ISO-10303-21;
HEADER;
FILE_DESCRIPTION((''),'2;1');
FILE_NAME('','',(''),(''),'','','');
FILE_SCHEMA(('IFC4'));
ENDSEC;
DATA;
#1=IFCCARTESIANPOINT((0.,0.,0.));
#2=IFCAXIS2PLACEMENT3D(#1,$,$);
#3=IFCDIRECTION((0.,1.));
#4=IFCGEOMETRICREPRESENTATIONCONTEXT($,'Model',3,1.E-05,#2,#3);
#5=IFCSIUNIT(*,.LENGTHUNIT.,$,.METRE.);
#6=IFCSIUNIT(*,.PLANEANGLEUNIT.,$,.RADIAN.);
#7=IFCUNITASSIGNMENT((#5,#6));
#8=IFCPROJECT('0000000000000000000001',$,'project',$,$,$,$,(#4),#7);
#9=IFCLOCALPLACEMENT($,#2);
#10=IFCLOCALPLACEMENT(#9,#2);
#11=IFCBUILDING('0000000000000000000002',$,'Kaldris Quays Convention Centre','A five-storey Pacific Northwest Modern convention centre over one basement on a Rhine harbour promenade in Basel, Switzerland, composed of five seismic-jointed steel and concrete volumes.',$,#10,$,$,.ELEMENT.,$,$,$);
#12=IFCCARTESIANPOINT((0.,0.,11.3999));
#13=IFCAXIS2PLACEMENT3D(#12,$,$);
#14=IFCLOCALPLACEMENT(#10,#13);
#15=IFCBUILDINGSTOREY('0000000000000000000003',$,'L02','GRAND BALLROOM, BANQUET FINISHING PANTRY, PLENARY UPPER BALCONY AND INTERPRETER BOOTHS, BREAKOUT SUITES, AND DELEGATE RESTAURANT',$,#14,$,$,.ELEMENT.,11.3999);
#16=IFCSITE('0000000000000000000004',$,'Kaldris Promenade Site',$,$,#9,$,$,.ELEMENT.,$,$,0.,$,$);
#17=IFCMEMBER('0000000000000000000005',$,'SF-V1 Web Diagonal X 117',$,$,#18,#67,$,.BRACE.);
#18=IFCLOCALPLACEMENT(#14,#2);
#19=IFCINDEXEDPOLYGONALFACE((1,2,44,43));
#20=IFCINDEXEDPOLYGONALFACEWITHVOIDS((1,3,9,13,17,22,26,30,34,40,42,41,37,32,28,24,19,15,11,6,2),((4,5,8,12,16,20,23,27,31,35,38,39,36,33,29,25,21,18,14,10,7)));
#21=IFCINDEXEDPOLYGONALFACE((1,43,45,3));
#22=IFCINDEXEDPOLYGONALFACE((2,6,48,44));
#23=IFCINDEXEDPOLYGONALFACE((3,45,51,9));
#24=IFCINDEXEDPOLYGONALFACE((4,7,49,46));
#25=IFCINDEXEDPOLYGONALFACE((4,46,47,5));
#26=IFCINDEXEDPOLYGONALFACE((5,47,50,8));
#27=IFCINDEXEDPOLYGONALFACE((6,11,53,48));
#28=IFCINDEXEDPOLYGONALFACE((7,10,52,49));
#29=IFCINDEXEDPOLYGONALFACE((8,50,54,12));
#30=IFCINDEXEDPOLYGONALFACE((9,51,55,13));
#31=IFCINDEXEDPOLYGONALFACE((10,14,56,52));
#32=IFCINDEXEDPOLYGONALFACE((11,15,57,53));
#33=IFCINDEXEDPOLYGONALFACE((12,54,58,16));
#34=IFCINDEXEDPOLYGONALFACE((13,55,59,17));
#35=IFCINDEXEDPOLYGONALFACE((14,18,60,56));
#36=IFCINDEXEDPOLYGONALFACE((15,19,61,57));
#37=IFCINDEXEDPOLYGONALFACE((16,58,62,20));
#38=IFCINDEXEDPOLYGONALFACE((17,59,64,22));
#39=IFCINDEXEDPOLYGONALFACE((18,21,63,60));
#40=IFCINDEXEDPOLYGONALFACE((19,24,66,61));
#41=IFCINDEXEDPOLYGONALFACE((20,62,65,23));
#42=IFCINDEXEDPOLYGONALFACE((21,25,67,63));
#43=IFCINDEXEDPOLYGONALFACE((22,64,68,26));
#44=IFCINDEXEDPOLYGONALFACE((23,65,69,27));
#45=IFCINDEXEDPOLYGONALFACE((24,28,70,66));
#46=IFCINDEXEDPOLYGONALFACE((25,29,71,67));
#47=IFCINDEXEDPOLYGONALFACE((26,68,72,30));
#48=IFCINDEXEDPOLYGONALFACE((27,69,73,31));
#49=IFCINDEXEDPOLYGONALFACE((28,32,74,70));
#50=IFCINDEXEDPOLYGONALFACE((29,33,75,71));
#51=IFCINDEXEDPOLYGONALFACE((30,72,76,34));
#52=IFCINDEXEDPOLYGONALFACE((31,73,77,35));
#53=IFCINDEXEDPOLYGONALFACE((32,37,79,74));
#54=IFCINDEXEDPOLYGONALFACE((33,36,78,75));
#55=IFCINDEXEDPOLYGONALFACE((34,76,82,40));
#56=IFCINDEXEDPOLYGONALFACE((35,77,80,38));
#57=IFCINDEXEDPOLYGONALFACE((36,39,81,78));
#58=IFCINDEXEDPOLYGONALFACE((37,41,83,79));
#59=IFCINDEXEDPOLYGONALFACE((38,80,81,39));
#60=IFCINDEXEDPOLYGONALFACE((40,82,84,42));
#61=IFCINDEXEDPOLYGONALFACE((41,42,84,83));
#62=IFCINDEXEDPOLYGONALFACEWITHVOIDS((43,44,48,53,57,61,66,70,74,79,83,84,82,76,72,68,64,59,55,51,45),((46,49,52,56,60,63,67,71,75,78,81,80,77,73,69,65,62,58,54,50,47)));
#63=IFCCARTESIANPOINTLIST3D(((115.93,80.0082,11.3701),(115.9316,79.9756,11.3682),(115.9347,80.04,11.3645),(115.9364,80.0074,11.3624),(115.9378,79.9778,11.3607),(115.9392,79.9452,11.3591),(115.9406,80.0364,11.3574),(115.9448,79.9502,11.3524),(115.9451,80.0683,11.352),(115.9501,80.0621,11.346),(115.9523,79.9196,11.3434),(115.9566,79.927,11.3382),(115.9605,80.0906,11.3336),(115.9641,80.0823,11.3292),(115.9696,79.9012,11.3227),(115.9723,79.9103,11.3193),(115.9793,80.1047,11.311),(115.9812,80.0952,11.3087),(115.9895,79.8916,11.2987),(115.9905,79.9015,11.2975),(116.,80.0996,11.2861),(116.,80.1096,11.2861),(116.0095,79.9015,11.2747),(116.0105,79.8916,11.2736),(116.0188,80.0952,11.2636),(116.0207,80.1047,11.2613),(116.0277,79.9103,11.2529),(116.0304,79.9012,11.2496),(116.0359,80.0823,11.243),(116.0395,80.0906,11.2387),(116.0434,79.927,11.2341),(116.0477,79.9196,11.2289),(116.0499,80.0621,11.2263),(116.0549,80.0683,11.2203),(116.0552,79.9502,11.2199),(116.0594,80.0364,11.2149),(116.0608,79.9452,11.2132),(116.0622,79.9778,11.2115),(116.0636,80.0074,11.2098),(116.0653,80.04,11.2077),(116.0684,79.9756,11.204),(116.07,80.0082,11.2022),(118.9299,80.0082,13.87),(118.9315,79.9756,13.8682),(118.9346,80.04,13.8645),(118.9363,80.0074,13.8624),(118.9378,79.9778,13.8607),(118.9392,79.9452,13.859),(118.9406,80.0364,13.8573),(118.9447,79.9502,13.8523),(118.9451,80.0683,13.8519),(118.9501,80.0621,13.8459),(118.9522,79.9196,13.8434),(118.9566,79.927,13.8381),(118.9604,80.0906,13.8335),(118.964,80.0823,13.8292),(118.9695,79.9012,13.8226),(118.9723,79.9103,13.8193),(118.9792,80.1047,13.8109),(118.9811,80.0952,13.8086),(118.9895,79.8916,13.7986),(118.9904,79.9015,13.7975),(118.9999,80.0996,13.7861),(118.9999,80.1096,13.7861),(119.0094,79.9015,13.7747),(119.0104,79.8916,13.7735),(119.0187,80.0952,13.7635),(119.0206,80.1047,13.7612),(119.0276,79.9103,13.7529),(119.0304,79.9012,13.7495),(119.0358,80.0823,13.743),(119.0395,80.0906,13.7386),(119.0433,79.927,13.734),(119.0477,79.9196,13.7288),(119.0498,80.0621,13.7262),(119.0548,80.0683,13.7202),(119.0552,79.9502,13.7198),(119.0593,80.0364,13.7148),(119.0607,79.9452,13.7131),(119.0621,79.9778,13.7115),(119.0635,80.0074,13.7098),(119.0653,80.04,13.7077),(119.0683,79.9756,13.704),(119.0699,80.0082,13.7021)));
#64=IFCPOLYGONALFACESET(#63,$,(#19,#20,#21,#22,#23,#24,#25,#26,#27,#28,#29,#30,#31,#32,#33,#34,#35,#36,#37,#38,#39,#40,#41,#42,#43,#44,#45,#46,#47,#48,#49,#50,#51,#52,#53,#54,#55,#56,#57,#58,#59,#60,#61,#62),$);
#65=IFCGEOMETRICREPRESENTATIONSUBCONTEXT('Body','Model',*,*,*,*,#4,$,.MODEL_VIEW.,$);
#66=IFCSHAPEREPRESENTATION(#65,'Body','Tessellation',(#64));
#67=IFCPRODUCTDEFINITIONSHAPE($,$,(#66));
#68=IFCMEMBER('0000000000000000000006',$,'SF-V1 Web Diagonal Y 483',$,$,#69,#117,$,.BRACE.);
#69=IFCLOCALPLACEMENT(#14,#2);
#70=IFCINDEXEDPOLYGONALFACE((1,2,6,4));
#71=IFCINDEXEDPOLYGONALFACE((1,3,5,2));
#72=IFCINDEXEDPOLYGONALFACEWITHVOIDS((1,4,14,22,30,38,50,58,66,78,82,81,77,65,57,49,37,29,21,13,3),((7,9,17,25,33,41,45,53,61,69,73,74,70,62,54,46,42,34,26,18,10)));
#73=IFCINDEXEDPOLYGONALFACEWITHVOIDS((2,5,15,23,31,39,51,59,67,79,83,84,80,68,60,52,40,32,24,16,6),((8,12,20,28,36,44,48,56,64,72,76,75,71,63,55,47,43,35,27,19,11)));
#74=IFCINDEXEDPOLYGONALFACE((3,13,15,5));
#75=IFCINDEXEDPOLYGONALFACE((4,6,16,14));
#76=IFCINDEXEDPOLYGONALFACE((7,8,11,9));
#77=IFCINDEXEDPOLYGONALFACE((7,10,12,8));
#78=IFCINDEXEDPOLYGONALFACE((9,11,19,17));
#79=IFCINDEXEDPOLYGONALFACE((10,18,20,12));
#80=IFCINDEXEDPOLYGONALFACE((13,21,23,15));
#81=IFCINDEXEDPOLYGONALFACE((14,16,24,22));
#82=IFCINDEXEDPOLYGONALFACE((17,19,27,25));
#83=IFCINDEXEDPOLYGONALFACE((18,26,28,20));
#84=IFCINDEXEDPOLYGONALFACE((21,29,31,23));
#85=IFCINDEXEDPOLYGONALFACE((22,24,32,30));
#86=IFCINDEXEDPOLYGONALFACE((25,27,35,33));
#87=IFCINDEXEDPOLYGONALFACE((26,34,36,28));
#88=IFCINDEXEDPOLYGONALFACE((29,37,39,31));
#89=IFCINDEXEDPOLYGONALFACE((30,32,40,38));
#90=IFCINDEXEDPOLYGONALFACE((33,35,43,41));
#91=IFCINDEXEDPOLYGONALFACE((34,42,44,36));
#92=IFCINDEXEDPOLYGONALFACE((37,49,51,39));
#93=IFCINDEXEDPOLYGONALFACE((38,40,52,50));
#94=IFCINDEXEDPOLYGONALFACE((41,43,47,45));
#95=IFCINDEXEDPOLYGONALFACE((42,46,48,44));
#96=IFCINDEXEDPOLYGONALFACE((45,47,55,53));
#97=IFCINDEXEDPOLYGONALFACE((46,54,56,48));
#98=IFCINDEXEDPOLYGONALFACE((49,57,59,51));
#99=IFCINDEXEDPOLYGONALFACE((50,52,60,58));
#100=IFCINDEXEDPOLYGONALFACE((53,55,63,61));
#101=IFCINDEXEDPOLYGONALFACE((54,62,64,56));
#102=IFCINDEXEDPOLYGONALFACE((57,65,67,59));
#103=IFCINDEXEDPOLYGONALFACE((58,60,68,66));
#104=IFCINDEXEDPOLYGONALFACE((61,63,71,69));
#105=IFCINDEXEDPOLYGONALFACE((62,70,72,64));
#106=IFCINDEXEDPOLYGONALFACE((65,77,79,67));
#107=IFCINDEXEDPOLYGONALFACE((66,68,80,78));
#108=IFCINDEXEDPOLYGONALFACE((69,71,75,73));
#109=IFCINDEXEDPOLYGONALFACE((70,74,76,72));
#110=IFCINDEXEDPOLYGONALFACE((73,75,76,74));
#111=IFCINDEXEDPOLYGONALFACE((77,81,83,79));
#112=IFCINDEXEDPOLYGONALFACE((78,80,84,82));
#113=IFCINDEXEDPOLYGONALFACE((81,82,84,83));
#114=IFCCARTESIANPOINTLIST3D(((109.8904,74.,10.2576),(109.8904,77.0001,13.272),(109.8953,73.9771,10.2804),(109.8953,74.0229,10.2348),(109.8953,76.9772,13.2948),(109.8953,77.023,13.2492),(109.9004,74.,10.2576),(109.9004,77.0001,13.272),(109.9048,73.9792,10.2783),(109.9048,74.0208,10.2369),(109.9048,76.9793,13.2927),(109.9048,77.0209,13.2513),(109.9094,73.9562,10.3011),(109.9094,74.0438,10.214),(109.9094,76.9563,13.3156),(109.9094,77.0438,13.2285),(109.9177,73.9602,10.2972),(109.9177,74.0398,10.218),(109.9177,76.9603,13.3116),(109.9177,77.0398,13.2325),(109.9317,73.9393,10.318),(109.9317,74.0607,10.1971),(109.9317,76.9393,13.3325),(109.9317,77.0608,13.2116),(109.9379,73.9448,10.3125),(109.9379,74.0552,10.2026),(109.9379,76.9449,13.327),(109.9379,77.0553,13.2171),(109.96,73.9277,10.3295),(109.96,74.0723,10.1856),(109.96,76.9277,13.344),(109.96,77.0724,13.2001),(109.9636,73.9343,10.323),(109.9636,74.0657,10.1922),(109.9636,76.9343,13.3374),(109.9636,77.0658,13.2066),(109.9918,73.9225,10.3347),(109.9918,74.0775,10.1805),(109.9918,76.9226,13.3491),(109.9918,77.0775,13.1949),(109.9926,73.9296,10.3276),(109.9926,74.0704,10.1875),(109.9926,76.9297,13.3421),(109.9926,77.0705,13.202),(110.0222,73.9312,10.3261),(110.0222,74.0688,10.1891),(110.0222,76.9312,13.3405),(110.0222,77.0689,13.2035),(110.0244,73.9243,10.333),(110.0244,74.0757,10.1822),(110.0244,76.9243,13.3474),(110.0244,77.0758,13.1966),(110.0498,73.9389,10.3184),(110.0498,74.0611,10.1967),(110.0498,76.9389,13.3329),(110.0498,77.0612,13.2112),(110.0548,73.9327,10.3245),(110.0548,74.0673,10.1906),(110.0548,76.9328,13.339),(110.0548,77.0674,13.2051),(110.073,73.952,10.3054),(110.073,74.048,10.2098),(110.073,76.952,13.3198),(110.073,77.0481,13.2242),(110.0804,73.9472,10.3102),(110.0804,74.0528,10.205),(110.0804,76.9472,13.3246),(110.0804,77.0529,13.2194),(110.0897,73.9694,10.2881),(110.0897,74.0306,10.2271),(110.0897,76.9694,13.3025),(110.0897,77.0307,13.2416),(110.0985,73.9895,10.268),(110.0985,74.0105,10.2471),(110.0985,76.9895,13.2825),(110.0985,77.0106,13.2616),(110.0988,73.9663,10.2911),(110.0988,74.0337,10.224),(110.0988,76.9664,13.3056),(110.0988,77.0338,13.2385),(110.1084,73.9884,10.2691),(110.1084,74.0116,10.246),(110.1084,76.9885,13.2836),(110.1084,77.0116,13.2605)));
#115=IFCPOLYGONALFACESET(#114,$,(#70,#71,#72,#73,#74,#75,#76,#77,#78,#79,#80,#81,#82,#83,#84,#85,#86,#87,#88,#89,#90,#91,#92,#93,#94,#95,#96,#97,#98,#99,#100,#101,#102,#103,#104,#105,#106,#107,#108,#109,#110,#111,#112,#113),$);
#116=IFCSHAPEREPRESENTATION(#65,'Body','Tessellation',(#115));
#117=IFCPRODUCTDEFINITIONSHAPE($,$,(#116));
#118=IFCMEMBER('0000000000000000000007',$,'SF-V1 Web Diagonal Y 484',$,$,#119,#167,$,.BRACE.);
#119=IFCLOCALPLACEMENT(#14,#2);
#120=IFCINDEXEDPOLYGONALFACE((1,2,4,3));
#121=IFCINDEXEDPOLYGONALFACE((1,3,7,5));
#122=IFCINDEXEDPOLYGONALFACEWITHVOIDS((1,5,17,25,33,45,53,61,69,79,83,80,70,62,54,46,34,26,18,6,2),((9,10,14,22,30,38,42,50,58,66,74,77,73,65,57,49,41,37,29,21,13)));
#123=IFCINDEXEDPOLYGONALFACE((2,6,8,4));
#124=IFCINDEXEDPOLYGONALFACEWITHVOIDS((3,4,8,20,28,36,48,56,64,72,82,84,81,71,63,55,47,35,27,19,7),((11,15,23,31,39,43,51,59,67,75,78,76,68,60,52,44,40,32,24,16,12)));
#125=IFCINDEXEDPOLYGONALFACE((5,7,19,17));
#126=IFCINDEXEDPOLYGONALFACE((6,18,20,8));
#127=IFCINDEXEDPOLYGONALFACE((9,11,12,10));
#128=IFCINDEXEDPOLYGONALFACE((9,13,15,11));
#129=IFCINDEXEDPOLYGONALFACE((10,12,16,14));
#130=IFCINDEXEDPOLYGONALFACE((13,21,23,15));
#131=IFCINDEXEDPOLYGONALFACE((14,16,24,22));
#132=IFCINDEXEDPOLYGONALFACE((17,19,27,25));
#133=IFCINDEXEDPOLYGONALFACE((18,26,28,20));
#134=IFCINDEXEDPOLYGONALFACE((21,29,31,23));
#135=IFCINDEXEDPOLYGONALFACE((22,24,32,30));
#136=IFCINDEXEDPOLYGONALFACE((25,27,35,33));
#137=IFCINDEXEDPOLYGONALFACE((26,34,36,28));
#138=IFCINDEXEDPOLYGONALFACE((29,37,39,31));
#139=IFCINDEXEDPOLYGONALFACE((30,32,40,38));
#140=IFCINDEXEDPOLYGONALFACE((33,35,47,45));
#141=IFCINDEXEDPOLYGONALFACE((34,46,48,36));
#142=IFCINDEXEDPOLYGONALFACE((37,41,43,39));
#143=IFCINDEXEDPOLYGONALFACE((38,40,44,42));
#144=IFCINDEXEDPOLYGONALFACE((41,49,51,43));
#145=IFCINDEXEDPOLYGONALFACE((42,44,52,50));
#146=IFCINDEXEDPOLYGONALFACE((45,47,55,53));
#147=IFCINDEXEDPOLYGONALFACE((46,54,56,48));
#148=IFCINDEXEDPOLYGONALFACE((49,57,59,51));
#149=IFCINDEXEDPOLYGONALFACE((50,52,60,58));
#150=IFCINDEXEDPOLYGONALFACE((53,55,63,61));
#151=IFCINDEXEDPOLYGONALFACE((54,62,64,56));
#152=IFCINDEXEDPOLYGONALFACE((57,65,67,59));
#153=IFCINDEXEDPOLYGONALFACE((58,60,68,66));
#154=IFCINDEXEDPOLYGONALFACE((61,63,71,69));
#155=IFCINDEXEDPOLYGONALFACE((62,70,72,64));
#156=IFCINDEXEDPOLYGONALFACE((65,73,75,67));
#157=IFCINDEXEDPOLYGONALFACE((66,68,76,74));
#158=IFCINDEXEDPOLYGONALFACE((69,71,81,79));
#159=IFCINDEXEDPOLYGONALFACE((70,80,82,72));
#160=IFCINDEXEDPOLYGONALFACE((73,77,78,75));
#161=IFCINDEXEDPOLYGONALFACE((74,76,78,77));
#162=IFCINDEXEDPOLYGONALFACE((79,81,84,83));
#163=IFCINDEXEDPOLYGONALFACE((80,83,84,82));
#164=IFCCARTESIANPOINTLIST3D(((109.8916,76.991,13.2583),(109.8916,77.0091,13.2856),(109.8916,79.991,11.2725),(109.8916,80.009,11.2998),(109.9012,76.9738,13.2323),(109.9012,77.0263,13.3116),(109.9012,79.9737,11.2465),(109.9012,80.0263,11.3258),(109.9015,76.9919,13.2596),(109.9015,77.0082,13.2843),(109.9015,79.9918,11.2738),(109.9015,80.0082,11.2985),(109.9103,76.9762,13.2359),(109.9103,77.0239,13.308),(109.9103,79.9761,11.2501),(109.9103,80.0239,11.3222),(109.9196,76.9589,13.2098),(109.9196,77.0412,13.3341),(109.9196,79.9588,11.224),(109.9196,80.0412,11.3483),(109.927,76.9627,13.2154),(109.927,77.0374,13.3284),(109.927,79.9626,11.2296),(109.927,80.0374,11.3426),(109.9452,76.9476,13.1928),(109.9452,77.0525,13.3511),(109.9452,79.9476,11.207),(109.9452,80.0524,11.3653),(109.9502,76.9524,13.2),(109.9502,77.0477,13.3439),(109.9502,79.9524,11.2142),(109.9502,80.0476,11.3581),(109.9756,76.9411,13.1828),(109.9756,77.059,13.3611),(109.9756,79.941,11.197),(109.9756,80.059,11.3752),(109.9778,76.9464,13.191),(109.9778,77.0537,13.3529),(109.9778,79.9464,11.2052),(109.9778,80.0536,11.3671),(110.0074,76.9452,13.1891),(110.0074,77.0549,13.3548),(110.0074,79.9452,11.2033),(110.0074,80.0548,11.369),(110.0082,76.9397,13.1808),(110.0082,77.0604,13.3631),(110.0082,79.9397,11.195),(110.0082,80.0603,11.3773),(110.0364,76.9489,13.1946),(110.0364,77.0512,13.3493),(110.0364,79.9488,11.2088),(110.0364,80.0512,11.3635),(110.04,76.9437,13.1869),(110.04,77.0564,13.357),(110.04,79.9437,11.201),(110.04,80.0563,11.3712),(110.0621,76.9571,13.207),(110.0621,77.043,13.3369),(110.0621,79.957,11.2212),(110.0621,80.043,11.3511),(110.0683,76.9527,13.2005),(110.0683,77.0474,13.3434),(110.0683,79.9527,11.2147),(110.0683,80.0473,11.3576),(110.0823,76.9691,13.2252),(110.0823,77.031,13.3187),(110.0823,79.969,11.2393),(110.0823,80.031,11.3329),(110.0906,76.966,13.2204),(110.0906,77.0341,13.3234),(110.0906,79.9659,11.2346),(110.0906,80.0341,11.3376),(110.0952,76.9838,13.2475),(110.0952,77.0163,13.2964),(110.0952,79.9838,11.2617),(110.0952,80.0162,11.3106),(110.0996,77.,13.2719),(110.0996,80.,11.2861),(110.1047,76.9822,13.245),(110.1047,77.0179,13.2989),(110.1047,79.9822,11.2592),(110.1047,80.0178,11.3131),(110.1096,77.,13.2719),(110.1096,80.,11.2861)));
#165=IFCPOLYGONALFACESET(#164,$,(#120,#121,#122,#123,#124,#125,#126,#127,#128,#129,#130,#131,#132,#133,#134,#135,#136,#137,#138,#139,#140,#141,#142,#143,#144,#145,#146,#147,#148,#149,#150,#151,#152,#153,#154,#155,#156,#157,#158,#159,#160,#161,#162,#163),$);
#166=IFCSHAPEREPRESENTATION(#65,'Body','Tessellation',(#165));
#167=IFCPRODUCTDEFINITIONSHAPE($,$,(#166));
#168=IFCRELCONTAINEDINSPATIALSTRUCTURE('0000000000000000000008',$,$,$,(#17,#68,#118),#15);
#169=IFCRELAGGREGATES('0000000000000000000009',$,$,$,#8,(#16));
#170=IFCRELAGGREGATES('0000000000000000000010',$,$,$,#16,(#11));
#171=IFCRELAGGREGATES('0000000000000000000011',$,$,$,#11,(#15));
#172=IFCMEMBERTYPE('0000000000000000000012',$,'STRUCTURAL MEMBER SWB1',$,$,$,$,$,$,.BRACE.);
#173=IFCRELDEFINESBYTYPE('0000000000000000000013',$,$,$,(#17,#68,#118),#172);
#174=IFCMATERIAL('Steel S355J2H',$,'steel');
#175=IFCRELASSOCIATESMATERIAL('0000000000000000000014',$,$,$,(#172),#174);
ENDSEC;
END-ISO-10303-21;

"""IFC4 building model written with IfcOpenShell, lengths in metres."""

from ifc_helpers import new_model, si_unit, direction, frame, origin, origin_2d, place, context, subcontext, project, spatial, hollow_circle, extrude, material, material_profile, profile_set, type_object, element, save


model = new_model("IFC4")

# Units and contexts
model_context = context("Model", 3, precision=1e-05, world=origin(), true_north=direction((0.0, 1.0)))
body_context = subcontext(model_context, "Body", "Model", "MODEL_VIEW")
ifc_project = project(units=[si_unit("LENGTHUNIT", "METRE"), si_unit("PLANEANGLEUNIT", "RADIAN")], contexts=[model_context])

# Site, building, storey
site_placement = place(None, origin())
site = spatial("IfcSite", under=ifc_project, at=site_placement, Name="Kaldris Promenade Site", CompositionType="ELEMENT", RefElevation=0.0)
building_placement = place(site_placement, origin())
building = spatial("IfcBuilding", under=site, at=building_placement, Name="Kaldris Quays Convention Centre", Description="A five-storey Pacific Northwest Modern convention centre over one basement on a Rhine harbour promenade in Basel, Switzerland, composed of five seismic-jointed steel and concrete volumes.", CompositionType="ELEMENT")
storey_placement = place(building_placement, frame((0.0, 0.0, 11.3999)))
storey = spatial("IfcBuildingStorey", under=building, at=storey_placement, Name="L02", Description="GRAND BALLROOM, BANQUET FINISHING PANTRY, PLENARY UPPER BALCONY AND INTERPRETER BOOTHS, BREAKOUT SUITES, AND DELEGATE RESTAURANT", CompositionType="ELEMENT", Elevation=11.3999)

# Members
ifc_material_1 = material(Name="Steel S355J2H", Category="steel")
ifc_material_profile_1 = material_profile(ifc_material_1, hollow_circle(Radius=0.1096, WallThickness=0.01, at=origin_2d()), Name="CHS 219.1x10")
ifc_profile_set_1 = profile_set([ifc_material_profile_1], Name="Steel S355J2H")
member_type_1 = type_object("IfcMemberType", Name="STRUCTURAL MEMBER SWB1", PredefinedType="BRACE", material=ifc_profile_set_1)
for number, where, z_axis, x_axis, name in (
    (1, (116.0, 80.0, 11.2861), (0.768221, 0.0, 0.640184), (0.0, 1.0, 0.0), "SF-V1 Web Diagonal X 117"),
):
    element("IfcMember", number, at=place(storey_placement, frame(where, z_axis=z_axis, x_axis=x_axis)), inside=storey, type_object=member_type_1, Name=name, PredefinedType="BRACE", context=body_context, shape_type="SweptSolid", body=[
        extrude(hollow_circle(Radius=0.1096, WallThickness=0.01, at=origin_2d()), origin(), (0.0, 0.0, 1.0), 3.905),
    ])
member_1_placement = place(storey_placement, frame((110.0, 74.0, 10.2576), z_axis=(0.0, 0.705411, 0.708798), x_axis=(-1.0, 0.0, 0.0)))
element("IfcMember", 2, at=member_1_placement, inside=storey, type_object=member_type_1, Name="SF-V1 Web Diagonal Y 483", PredefinedType="BRACE", context=body_context, shape_type="SweptSolid", body=[
    extrude(hollow_circle(Radius=0.1096, WallThickness=0.01, at=origin_2d()), origin(), (0.0, 0.0, 1.0), 4.2529),
])
member_2_placement = place(storey_placement, frame((110.0, 80.0, 11.2861), z_axis=(0.0, -0.833862, 0.551972), x_axis=(1.0, 0.0, 0.0)))
element("IfcMember", 3, at=member_2_placement, inside=storey, type_object=member_type_1, Name="SF-V1 Web Diagonal Y 484", PredefinedType="BRACE", context=body_context, shape_type="SweptSolid", body=[
    extrude(hollow_circle(Radius=0.1096, WallThickness=0.01, at=origin_2d()), origin(), (0.0, 0.0, 1.0), 3.5977),
])

save(model, "model.ifc")
